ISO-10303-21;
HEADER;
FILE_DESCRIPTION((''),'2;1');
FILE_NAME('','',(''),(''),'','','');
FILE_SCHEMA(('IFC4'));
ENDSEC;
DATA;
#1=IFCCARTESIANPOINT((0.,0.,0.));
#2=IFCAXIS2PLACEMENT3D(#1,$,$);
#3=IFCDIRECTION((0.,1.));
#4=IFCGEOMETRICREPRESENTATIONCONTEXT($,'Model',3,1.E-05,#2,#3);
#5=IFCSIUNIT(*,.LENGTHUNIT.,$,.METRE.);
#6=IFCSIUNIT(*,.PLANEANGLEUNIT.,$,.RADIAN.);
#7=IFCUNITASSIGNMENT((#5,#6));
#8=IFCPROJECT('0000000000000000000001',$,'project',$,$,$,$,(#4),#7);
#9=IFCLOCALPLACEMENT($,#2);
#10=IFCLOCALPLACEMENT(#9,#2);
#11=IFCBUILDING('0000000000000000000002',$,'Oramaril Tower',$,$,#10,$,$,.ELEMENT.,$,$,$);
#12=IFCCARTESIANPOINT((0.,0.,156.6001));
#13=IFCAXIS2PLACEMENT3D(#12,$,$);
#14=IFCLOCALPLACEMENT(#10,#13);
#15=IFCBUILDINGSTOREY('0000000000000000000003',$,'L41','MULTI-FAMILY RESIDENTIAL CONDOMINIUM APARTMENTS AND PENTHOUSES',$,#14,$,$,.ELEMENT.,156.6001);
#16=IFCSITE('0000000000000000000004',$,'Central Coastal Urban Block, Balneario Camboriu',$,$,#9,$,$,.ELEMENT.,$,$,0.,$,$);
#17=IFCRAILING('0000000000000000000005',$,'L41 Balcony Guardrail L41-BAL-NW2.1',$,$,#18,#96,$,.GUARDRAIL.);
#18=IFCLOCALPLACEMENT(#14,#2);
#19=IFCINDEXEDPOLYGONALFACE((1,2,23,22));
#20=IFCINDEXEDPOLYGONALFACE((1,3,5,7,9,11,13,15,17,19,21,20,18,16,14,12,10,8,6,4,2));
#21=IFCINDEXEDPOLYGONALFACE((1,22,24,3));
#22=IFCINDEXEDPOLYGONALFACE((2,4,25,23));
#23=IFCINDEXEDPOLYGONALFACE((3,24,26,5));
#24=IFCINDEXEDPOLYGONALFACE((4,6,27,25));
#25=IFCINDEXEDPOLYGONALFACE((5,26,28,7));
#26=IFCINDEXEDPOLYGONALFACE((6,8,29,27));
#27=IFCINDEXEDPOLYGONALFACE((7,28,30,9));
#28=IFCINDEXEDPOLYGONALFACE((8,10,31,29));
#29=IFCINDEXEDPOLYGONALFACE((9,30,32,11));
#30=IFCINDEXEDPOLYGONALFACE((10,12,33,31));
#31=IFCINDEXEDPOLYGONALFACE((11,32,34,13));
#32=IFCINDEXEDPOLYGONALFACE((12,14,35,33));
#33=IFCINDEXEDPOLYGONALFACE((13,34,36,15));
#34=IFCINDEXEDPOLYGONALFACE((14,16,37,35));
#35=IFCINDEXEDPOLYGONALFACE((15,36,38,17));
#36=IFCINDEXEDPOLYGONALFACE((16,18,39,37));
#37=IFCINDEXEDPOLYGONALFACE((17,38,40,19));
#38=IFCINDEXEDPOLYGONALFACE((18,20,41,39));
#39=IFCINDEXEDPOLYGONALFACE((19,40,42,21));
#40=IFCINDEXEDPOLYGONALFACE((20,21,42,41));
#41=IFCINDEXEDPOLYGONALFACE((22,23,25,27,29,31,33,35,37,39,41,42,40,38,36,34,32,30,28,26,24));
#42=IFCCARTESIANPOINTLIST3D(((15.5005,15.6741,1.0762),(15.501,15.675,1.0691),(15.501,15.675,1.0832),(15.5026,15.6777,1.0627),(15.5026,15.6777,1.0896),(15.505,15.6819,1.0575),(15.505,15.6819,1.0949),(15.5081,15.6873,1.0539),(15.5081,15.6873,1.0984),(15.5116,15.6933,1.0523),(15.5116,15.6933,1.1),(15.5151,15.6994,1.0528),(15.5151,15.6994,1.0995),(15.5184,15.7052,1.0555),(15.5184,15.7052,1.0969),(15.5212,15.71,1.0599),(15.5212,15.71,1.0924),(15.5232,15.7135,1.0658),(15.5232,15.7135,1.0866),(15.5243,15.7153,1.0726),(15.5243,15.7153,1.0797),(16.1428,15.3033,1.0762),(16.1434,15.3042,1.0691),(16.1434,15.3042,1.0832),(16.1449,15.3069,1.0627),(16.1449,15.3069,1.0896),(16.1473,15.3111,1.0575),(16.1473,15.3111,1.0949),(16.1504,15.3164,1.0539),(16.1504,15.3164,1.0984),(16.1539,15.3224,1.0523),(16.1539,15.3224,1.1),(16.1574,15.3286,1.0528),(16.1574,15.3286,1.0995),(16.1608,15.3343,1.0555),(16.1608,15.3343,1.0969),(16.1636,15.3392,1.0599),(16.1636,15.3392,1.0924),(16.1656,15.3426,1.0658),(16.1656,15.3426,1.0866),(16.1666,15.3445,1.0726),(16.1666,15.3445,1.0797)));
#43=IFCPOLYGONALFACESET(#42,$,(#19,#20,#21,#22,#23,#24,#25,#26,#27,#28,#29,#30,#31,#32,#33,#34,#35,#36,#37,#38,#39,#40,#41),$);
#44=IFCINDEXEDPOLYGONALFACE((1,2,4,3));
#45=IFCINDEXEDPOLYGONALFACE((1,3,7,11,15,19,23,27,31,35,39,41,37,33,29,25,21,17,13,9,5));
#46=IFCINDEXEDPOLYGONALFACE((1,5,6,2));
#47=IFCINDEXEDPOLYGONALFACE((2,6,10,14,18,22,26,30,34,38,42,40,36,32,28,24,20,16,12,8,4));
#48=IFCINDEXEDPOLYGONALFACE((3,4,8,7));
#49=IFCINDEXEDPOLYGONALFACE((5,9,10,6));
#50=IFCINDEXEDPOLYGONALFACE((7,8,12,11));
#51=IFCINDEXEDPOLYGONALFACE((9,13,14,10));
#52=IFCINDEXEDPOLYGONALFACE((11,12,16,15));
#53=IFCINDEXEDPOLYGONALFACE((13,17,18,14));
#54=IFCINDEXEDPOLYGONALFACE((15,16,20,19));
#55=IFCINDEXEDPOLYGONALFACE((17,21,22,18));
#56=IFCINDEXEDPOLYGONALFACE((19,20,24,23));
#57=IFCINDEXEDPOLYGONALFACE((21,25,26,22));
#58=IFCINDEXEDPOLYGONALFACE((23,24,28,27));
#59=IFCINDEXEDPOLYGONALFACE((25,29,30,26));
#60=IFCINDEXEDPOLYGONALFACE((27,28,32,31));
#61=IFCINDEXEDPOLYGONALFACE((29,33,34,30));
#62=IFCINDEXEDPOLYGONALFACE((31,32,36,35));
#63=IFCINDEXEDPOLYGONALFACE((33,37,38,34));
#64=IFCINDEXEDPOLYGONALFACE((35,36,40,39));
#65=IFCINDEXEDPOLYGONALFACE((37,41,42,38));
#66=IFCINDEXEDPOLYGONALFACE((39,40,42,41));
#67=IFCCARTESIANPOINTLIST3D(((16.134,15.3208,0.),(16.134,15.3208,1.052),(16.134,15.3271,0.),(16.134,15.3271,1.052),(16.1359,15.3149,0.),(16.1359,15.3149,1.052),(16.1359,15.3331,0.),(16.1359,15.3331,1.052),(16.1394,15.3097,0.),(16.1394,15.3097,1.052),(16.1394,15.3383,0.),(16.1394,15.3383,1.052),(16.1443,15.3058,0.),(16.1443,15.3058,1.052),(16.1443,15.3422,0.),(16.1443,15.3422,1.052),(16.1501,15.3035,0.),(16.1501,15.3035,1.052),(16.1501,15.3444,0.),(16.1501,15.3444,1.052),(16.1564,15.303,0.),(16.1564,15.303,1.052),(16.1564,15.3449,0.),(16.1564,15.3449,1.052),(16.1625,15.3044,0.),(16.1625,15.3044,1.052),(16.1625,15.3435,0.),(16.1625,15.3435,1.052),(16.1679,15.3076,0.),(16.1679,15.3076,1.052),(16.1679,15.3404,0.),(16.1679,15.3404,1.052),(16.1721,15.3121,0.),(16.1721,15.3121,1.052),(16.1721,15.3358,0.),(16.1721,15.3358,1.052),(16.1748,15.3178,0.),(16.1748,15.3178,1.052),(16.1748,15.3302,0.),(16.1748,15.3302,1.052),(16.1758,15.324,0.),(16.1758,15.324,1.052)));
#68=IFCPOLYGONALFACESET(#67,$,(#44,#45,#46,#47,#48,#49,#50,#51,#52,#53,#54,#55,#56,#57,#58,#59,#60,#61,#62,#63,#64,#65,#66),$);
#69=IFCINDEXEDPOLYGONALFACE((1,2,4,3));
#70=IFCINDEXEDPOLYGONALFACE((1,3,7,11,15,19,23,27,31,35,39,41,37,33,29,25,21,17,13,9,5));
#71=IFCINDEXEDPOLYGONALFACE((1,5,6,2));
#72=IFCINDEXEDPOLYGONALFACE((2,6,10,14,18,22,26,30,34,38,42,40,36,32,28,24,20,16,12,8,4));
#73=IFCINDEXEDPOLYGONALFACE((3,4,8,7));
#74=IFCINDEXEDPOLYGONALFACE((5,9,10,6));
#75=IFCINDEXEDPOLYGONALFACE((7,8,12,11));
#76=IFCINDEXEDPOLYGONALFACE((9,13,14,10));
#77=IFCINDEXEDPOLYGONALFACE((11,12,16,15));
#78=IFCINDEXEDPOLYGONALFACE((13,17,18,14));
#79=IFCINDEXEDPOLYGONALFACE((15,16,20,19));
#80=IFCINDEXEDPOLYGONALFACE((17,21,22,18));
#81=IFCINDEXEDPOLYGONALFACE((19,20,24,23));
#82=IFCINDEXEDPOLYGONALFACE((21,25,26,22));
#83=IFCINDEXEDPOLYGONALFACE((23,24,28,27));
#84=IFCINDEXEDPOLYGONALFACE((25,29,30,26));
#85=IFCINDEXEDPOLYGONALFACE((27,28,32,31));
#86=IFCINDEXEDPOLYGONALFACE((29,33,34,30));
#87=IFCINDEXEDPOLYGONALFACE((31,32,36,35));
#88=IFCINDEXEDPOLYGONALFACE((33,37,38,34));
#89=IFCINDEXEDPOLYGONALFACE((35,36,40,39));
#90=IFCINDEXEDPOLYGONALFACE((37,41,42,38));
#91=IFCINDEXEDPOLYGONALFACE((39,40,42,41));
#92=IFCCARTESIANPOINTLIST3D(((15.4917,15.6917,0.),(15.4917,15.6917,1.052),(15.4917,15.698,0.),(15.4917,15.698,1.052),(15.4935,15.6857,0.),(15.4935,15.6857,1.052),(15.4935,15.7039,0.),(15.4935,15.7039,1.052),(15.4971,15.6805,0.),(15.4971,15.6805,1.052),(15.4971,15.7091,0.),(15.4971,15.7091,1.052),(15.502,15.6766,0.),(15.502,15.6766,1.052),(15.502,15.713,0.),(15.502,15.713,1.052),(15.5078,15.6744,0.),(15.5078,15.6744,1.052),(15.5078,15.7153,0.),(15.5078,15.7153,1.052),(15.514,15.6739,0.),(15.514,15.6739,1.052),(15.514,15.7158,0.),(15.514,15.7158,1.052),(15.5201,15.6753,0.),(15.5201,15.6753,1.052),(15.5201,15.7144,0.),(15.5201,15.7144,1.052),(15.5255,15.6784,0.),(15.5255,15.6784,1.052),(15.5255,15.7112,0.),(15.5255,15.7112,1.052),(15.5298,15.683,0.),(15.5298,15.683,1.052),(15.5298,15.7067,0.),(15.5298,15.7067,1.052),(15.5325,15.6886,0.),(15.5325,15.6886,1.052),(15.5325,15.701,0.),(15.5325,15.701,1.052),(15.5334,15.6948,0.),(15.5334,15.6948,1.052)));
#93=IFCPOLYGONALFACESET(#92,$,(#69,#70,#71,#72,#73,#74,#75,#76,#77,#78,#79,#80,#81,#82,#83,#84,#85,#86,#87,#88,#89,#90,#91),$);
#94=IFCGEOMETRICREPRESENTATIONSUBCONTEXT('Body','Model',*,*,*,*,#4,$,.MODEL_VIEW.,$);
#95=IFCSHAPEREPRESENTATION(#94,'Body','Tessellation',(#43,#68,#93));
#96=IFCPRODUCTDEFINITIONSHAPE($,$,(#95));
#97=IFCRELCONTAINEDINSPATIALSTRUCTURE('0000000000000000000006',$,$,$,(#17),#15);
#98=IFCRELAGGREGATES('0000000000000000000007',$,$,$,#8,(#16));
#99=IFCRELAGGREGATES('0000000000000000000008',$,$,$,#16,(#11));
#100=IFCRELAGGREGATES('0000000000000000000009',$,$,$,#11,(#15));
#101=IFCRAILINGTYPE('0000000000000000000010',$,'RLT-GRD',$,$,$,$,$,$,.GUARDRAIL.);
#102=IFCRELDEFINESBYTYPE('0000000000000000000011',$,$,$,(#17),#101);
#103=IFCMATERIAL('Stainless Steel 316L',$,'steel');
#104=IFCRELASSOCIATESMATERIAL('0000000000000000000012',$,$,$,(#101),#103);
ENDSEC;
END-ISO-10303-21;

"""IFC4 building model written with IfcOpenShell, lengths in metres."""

from ifc_helpers import new_model, si_unit, direction, frame, origin, origin_2d, place, context, subcontext, project, spatial, circle, extrude, material, type_object, element, save


model = new_model("IFC4")

# Units and contexts
model_context = context("Model", 3, precision=1e-05, world=origin(), true_north=direction((0.0, 1.0)))
body_context = subcontext(model_context, "Body", "Model", "MODEL_VIEW")
ifc_project = project(units=[si_unit("LENGTHUNIT", "METRE"), si_unit("PLANEANGLEUNIT", "RADIAN")], contexts=[model_context])

# Site, building, storey
site_placement = place(None, origin())
site = spatial("IfcSite", under=ifc_project, at=site_placement, Name="Central Coastal Urban Block, Balneario Camboriu", CompositionType="ELEMENT", RefElevation=0.0)
building_placement = place(site_placement, origin())
building = spatial("IfcBuilding", under=site, at=building_placement, Name="Oramaril Tower", CompositionType="ELEMENT")
storey_placement = place(building_placement, frame((0.0, 0.0, 156.6001)))
storey = spatial("IfcBuildingStorey", under=building, at=storey_placement, Name="L41", Description="MULTI-FAMILY RESIDENTIAL CONDOMINIUM APARTMENTS AND PENTHOUSES", CompositionType="ELEMENT", Elevation=156.6001)

# Railing
ifc_material_1 = material(Name="Stainless Steel 316L", Category="steel")
railing_type = type_object("IfcRailingType", Name="RLT-GRD", PredefinedType="GUARDRAIL", material=ifc_material_1)
railing_1_placement = place(storey_placement, frame((16.1548, 15.324, 0.0)))
element("IfcRailing", 1, at=railing_1_placement, inside=storey, type_object=railing_type, Name="L41 Balcony Guardrail L41-BAL-NW2.1", PredefinedType="GUARDRAIL", context=body_context, shape_type="SweptSolid", body=[
    extrude(circle(Radius=0.0239, at=origin_2d()), frame((0.0, 0.0, 1.0762), z_axis=(-0.866027, 0.499998, 0.0), x_axis=(-0.499998, -0.866027, 0.0)), (0.0, 0.0, 1.0), 0.7417),
    extrude(circle(Radius=0.021, at=origin_2d()), origin(), (0.0, 0.0, 1.0), 1.052),
    extrude(circle(Radius=0.021, at=origin_2d()), frame((-0.6423, 0.3708, 0.0)), (0.0, 0.0, 1.0), 1.052),
])

save(model, "model.ifc")
